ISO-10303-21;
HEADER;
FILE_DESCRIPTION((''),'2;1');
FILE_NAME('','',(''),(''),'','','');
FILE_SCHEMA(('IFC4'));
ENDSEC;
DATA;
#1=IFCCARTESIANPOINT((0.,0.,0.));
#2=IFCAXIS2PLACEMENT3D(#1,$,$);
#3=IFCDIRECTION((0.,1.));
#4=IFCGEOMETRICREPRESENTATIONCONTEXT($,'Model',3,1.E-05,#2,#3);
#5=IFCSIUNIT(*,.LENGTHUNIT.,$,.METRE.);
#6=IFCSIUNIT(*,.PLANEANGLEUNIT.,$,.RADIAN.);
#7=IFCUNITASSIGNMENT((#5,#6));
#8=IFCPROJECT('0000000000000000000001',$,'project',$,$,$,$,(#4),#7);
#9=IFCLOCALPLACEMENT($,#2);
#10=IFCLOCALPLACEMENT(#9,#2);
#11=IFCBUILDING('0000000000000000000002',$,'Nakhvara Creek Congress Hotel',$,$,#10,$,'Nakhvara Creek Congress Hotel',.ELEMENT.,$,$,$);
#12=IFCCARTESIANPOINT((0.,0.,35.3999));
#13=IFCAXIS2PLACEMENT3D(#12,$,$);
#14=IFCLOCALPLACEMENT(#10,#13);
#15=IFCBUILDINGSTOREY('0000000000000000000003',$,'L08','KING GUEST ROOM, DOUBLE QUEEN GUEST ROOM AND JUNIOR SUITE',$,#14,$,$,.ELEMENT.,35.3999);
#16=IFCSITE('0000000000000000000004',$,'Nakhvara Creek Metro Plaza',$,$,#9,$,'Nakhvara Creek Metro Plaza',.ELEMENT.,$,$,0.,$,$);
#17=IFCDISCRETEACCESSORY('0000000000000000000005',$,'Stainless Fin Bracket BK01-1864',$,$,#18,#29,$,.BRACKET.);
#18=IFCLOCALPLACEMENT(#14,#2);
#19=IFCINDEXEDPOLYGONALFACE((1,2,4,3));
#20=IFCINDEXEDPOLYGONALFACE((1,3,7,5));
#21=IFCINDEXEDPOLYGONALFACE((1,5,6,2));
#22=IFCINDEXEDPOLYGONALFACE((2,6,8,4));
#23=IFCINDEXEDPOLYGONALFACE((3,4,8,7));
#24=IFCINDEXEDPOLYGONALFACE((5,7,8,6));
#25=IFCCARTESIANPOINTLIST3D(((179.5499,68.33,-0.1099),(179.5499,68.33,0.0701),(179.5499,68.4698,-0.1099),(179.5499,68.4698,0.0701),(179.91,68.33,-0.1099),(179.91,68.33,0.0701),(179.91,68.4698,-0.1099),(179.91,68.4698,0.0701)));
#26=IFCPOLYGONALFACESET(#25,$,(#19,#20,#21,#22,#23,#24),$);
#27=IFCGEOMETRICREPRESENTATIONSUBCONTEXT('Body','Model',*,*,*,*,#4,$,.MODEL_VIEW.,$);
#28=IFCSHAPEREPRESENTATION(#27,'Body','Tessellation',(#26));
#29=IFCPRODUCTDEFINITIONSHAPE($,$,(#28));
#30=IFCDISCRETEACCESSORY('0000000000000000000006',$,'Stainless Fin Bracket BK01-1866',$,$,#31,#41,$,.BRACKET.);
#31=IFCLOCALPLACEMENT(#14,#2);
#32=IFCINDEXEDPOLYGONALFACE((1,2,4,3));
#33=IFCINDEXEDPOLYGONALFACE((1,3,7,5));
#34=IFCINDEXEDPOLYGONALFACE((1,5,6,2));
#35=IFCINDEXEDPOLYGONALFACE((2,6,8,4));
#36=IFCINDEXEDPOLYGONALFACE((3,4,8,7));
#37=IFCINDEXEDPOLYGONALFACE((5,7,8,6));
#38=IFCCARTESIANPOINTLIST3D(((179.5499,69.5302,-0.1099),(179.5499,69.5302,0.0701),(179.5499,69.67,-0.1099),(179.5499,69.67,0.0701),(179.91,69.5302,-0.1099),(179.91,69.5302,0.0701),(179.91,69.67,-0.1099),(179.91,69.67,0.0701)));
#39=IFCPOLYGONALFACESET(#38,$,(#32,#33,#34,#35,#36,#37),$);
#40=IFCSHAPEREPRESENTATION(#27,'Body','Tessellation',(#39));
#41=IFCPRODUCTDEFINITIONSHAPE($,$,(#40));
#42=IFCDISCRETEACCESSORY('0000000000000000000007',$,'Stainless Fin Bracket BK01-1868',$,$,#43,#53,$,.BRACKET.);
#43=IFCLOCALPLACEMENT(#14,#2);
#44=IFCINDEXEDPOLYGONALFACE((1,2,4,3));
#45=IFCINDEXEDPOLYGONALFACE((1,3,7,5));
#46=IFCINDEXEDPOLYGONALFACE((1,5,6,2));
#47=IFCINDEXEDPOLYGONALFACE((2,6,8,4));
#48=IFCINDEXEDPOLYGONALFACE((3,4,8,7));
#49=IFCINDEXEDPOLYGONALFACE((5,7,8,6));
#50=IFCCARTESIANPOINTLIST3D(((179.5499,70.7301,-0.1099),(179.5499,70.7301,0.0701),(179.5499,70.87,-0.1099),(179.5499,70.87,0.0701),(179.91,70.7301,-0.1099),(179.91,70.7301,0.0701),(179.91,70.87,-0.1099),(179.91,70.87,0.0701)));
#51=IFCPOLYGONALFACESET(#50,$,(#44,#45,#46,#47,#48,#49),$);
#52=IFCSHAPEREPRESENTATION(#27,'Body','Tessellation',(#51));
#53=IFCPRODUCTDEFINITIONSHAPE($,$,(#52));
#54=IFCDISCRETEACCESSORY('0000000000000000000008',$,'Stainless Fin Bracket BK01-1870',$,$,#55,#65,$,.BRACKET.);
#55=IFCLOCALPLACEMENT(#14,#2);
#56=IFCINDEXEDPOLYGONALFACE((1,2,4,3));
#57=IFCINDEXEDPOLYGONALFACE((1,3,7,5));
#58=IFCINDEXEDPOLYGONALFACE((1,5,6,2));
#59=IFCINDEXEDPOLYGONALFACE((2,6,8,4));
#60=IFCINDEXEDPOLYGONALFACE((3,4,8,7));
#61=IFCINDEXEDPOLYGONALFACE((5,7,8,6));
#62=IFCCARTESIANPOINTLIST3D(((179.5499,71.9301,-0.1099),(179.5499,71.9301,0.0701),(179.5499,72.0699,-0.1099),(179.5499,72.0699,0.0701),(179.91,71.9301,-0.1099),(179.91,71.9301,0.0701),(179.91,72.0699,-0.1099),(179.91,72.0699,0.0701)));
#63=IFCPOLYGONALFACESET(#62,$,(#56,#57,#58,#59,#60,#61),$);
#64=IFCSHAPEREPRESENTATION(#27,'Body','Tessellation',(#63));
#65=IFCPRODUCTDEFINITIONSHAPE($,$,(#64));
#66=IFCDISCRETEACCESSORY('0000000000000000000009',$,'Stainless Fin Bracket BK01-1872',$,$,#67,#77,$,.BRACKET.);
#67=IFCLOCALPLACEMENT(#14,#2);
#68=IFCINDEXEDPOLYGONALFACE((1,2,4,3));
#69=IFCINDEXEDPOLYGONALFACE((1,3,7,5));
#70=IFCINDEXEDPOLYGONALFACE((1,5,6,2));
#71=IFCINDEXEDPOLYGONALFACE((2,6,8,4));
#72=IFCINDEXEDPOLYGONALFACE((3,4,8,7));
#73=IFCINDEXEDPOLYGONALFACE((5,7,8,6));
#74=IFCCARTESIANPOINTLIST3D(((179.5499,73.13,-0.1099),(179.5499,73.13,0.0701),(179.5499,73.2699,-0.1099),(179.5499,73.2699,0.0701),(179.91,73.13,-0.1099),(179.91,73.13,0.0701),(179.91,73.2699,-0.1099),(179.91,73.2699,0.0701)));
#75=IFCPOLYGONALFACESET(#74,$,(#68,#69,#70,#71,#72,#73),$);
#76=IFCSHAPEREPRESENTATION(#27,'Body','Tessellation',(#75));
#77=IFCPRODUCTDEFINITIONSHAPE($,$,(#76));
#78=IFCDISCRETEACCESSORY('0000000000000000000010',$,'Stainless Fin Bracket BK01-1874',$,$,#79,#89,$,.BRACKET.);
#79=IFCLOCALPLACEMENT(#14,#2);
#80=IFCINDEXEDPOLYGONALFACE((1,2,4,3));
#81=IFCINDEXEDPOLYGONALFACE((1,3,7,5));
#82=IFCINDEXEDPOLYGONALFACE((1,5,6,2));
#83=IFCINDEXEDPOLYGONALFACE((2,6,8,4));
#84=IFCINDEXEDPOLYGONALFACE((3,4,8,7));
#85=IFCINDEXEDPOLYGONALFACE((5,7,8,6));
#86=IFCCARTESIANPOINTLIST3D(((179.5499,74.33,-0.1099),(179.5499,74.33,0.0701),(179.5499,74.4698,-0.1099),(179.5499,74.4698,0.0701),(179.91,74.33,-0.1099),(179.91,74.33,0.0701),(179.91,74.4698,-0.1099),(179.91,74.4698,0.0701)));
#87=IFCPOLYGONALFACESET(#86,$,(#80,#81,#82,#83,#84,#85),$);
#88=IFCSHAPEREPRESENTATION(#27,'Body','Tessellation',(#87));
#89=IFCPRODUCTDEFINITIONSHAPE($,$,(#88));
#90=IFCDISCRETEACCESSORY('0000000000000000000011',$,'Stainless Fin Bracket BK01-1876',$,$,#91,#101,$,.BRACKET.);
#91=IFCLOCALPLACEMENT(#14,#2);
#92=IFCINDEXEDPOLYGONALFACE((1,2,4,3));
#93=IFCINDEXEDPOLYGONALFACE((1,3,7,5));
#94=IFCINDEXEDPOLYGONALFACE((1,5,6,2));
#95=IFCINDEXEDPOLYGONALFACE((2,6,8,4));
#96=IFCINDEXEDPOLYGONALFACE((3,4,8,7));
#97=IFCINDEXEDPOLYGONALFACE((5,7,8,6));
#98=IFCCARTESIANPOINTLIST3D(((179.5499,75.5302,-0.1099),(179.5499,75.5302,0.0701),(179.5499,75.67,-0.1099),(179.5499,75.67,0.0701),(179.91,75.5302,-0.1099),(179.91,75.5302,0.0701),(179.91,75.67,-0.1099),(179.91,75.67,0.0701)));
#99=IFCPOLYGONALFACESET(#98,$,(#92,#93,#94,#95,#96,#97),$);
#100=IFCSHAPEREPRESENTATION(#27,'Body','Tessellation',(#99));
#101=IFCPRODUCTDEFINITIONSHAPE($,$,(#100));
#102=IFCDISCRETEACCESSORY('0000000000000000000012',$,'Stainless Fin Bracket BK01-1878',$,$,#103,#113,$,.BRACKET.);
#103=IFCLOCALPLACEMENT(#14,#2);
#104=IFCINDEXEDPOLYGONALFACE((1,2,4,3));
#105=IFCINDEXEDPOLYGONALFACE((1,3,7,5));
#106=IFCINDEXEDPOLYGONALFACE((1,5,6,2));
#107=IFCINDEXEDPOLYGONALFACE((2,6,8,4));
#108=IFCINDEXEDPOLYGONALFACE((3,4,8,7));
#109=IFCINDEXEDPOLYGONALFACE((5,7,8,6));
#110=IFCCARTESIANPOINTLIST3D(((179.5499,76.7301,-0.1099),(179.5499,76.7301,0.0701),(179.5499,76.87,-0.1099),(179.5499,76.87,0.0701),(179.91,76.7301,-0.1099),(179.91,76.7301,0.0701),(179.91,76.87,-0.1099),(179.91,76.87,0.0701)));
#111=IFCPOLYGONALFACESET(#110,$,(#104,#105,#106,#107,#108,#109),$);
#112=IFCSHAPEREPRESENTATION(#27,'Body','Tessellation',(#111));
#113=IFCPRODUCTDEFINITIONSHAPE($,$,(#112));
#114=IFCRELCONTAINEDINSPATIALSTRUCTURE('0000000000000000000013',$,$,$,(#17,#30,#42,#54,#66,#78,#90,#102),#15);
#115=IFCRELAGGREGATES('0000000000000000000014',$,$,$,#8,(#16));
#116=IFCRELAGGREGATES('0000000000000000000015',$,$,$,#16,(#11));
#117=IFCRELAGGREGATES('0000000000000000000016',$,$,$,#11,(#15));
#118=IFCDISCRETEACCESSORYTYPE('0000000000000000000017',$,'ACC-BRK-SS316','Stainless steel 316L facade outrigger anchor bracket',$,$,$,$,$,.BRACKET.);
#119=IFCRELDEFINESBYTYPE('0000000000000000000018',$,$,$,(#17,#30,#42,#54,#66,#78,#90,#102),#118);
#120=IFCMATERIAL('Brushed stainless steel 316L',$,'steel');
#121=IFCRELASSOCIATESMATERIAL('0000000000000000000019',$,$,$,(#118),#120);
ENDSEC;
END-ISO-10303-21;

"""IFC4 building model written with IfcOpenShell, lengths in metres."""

from ifc_helpers import new_model, si_unit, direction, frame, origin, origin_2d, place, context, subcontext, project, spatial, rectangle, extrude, material, type_object, element, save


model = new_model("IFC4")

# Units and contexts
model_context = context("Model", 3, precision=1e-05, world=origin(), true_north=direction((0.0, 1.0)))
body_context = subcontext(model_context, "Body", "Model", "MODEL_VIEW")
ifc_project = project(units=[si_unit("LENGTHUNIT", "METRE"), si_unit("PLANEANGLEUNIT", "RADIAN")], contexts=[model_context])

# Site, building, storey
site_placement = place(None, origin())
site = spatial("IfcSite", under=ifc_project, at=site_placement, Name="Nakhvara Creek Metro Plaza", LongName="Nakhvara Creek Metro Plaza", CompositionType="ELEMENT", RefElevation=0.0)
building_placement = place(site_placement, origin())
building = spatial("IfcBuilding", under=site, at=building_placement, Name="Nakhvara Creek Congress Hotel", LongName="Nakhvara Creek Congress Hotel", CompositionType="ELEMENT")
storey_placement = place(building_placement, frame((0.0, 0.0, 35.3999)))
storey = spatial("IfcBuildingStorey", under=building, at=storey_placement, Name="L08", Description="KING GUEST ROOM, DOUBLE QUEEN GUEST ROOM AND JUNIOR SUITE", CompositionType="ELEMENT", Elevation=35.3999)

# Discrete accessories
ifc_material_1 = material(Name="Brushed stainless steel 316L", Category="steel")
discrete_accessory_type = type_object("IfcDiscreteAccessoryType", Name="ACC-BRK-SS316", Description="Stainless steel 316L facade outrigger anchor bracket", PredefinedType="BRACKET", material=ifc_material_1)
for number, where, z_axis, x_axis, name in (
    (1, (179.73, 68.3999, -0.1099), (0.0, 0.0, 1.0), (0.0, 1.0, 0.0), "Stainless Fin Bracket BK01-1864"),
    (2, (179.73, 69.6001, -0.1099), (0.0, 0.0, 1.0), (0.0, 1.0, 0.0), "Stainless Fin Bracket BK01-1866"),
    (3, (179.73, 70.8, -0.1099), (0.0, 0.0, 1.0), (0.0, 1.0, 0.0), "Stainless Fin Bracket BK01-1868"),
    (4, (179.73, 72.0, -0.1099), (0.0, 0.0, 1.0), (0.0, 1.0, 0.0), "Stainless Fin Bracket BK01-1870"),
    (5, (179.73, 73.2, -0.1099), (0.0, 0.0, 1.0), (0.0, 1.0, 0.0), "Stainless Fin Bracket BK01-1872"),
    (6, (179.73, 74.3999, -0.1099), (0.0, 0.0, 1.0), (0.0, 1.0, 0.0), "Stainless Fin Bracket BK01-1874"),
    (7, (179.73, 75.6001, -0.1099), (0.0, 0.0, 1.0), (0.0, 1.0, 0.0), "Stainless Fin Bracket BK01-1876"),
    (8, (179.73, 76.8, -0.1099), (0.0, 0.0, 1.0), (0.0, 1.0, 0.0), "Stainless Fin Bracket BK01-1878"),
):
    element("IfcDiscreteAccessory", number, at=place(storey_placement, frame(where, z_axis=z_axis, x_axis=x_axis)), inside=storey, type_object=discrete_accessory_type, Name=name, PredefinedType="BRACKET", context=body_context, shape_type="SweptSolid", body=[
        extrude(rectangle(XDim=0.1399, YDim=0.3601, at=origin_2d()), origin(), (0.0, 0.0, 1.0), 0.1799),
    ])

save(model, "model.ifc")
